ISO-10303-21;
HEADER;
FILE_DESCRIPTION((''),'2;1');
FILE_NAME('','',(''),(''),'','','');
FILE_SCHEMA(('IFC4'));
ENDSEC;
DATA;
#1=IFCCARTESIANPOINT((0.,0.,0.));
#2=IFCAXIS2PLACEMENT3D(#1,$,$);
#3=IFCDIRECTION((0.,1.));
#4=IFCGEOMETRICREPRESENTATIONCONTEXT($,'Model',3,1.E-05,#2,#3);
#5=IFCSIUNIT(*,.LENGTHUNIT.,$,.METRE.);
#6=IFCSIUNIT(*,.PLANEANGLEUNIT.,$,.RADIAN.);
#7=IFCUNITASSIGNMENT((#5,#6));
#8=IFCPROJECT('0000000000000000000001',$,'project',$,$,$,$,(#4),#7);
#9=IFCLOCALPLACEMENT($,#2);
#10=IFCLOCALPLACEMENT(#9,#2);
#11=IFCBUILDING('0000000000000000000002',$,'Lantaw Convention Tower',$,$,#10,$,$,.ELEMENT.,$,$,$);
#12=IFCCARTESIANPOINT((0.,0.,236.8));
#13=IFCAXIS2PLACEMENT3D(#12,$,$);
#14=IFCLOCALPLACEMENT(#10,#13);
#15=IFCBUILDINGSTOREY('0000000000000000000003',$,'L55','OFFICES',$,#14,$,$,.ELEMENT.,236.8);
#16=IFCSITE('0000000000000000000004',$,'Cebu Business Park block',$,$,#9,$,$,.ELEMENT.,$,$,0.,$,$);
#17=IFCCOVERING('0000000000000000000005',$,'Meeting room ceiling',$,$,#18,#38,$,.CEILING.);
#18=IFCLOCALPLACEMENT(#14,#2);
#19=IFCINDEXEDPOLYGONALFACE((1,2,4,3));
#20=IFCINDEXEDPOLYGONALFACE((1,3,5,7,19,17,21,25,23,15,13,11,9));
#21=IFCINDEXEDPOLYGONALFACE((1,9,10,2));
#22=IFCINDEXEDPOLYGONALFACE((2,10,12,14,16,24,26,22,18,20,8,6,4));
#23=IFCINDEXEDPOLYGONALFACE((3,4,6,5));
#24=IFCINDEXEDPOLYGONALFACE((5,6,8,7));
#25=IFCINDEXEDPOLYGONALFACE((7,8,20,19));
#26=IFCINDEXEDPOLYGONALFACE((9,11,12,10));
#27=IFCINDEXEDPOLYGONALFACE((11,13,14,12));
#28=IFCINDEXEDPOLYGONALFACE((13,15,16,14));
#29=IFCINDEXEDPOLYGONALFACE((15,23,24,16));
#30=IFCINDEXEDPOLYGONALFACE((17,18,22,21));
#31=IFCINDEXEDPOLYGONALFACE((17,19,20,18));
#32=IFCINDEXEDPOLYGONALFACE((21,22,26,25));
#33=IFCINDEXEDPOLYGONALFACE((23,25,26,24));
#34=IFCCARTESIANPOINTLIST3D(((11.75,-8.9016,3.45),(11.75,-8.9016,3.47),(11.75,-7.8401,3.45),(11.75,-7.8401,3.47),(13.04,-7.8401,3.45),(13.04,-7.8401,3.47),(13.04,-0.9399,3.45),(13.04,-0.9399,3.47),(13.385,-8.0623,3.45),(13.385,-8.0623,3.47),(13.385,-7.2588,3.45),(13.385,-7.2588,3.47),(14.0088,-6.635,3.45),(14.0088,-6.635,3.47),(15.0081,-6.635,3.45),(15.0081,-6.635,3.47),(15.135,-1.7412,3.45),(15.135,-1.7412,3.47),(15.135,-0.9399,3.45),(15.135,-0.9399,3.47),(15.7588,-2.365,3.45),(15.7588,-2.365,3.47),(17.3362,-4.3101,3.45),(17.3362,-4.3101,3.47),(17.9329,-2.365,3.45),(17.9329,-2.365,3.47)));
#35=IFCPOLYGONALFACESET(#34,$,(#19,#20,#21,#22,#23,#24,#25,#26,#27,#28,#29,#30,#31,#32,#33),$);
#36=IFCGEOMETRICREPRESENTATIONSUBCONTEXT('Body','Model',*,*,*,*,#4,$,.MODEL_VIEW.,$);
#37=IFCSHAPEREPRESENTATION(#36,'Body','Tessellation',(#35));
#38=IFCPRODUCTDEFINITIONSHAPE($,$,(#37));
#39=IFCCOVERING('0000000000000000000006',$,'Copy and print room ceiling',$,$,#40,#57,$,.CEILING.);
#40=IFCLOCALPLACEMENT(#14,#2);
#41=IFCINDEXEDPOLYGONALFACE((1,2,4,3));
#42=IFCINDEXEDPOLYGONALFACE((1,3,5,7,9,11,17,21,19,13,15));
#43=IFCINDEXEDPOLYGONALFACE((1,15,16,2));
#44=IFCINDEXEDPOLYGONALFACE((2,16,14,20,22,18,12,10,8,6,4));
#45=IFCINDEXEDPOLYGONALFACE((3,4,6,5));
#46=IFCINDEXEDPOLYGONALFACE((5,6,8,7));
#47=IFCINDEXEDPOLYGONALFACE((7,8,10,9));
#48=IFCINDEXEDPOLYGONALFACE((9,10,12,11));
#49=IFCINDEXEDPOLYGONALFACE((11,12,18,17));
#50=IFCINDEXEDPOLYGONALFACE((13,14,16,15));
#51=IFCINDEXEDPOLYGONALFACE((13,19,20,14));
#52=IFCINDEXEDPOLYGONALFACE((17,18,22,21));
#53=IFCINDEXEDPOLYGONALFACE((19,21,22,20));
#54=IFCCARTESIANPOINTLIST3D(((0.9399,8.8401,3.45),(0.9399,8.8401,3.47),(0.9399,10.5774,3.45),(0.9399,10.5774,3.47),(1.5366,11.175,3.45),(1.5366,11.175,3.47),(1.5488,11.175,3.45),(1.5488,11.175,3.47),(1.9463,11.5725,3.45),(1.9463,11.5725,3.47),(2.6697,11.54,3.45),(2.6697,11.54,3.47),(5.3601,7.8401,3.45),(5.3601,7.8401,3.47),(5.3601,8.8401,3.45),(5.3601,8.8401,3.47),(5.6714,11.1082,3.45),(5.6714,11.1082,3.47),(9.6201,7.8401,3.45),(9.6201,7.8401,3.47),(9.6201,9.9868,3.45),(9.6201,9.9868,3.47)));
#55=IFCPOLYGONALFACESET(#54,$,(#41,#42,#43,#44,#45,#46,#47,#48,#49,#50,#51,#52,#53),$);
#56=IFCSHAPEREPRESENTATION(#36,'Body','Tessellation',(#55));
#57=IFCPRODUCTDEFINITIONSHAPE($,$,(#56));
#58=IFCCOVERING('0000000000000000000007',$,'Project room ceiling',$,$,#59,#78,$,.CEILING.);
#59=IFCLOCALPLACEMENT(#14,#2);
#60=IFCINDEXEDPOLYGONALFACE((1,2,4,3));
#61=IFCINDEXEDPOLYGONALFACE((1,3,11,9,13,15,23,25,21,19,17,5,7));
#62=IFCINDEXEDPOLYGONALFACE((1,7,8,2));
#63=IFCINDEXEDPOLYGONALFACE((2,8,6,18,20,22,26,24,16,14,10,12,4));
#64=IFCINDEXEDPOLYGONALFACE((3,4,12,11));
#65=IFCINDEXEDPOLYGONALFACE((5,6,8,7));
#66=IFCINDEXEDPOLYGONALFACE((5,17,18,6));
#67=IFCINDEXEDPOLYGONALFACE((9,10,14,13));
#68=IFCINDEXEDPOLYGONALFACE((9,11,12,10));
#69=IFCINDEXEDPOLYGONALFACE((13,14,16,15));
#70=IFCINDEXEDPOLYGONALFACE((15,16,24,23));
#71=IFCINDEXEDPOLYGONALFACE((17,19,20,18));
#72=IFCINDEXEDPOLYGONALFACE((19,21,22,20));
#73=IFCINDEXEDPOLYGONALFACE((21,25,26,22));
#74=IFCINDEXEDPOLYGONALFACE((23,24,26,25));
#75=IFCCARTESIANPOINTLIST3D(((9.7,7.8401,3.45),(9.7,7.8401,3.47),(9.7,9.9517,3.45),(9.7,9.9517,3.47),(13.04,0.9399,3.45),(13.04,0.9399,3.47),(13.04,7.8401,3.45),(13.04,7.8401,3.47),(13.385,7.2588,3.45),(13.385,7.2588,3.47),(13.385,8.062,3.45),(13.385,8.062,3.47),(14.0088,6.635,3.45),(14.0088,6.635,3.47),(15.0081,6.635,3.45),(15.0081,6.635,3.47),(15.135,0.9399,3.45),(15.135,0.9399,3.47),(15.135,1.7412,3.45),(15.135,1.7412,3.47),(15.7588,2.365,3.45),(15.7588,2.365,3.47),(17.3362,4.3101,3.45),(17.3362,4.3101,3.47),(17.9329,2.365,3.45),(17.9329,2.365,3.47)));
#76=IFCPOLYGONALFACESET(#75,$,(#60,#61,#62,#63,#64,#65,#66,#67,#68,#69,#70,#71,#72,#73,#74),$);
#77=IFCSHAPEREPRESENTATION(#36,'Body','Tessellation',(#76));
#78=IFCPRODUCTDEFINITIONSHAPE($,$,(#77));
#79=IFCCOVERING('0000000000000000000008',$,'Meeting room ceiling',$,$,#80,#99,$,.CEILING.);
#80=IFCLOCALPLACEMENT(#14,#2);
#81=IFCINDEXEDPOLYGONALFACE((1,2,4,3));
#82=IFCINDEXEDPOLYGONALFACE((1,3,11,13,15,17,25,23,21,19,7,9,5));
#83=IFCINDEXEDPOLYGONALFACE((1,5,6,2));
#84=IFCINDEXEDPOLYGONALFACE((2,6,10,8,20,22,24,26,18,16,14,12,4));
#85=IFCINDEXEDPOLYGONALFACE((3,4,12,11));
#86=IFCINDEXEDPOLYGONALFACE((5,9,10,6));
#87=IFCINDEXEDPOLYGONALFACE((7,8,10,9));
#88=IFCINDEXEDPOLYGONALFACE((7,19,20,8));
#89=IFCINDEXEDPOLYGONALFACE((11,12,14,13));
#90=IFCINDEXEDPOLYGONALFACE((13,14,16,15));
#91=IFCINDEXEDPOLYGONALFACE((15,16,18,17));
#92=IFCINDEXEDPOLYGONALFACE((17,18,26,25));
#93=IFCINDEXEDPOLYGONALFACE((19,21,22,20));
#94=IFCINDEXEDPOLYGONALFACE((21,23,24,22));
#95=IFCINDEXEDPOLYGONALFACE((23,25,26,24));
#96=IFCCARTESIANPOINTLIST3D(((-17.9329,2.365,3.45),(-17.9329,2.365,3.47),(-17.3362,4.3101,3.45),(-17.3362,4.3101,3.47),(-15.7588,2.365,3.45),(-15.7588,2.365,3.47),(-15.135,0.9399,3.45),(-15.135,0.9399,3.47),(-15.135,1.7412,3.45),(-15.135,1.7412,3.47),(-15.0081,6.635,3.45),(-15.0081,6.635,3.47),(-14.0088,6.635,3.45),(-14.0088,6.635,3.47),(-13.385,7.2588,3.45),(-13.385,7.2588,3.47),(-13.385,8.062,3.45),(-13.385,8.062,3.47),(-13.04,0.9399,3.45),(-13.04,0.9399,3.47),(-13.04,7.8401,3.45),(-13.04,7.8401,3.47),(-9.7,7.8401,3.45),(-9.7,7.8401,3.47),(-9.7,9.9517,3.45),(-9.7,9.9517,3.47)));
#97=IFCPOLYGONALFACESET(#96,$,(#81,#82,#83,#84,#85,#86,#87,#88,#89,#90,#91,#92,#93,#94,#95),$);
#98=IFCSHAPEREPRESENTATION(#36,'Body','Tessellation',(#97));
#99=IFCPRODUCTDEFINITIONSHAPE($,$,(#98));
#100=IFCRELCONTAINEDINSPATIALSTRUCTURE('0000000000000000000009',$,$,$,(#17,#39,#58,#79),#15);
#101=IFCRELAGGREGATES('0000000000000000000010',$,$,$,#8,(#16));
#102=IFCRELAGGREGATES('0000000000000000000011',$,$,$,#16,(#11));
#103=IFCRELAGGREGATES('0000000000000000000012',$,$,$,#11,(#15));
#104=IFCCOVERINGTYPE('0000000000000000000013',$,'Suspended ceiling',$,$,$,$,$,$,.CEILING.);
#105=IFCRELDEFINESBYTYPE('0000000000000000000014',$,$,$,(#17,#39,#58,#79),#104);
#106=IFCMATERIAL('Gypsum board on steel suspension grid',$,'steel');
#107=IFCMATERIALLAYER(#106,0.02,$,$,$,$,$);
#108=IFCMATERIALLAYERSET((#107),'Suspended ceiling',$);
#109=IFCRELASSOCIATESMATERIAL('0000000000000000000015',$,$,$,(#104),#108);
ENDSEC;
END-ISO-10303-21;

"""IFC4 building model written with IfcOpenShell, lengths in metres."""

from ifc_helpers import new_model, si_unit, direction, frame, origin, place, context, subcontext, project, spatial, polyline, outline, extrude, material, layer, layer_set, type_object, element, save


model = new_model("IFC4")

# Units and contexts
model_context = context("Model", 3, precision=1e-05, world=origin(), true_north=direction((0.0, 1.0)))
body_context = subcontext(model_context, "Body", "Model", "MODEL_VIEW")
ifc_project = project(units=[si_unit("LENGTHUNIT", "METRE"), si_unit("PLANEANGLEUNIT", "RADIAN")], contexts=[model_context])

# Site, building, storey
site_placement = place(None, origin())
site = spatial("IfcSite", under=ifc_project, at=site_placement, Name="Cebu Business Park block", CompositionType="ELEMENT", RefElevation=0.0)
building_placement = place(site_placement, origin())
building = spatial("IfcBuilding", under=site, at=building_placement, Name="Lantaw Convention Tower", CompositionType="ELEMENT")
storey_placement = place(building_placement, frame((0.0, 0.0, 236.8)))
storey = spatial("IfcBuildingStorey", under=building, at=storey_placement, Name="L55", Description="OFFICES", CompositionType="ELEMENT", Elevation=236.8)

# Coverings
ifc_material_1 = material(Name="Gypsum board on steel suspension grid", Category="steel")
ifc_layer_1 = layer(ifc_material_1, 0.02)
ifc_layer_set_1 = layer_set([ifc_layer_1], Name="Suspended ceiling")
covering_type = type_object("IfcCoveringType", Name="Suspended ceiling", PredefinedType="CEILING", material=ifc_layer_set_1)
covering_1_placement = place(storey_placement, frame((0.0, 0.0, 3.45)))
element("IfcCovering", 1, at=covering_1_placement, inside=storey, type_object=covering_type, Name="Meeting room ceiling", PredefinedType="CEILING", context=body_context, shape_type="SweptSolid", body=[
    extrude(outline(polyline([(15.135, -0.9399), (13.04, -0.9399), (13.04, -7.8401), (11.75, -7.8401), (11.75, -8.9016), (13.385, -8.0623), (13.385, -7.2588), (14.0088, -6.635), (15.0081, -6.635), (17.3362, -4.3101), (17.9329, -2.365), (15.7588, -2.365), (15.135, -1.7412), (15.135, -0.9399)])), origin(), (0.0, 0.0, 1.0), 0.02),
])
covering_2_placement = place(storey_placement, frame((0.0, 0.0, 3.45)))
element("IfcCovering", 2, at=covering_2_placement, inside=storey, type_object=covering_type, Name="Copy and print room ceiling", PredefinedType="CEILING", context=body_context, shape_type="SweptSolid", body=[
    extrude(outline(polyline([(0.9399, 8.8401), (5.3601, 8.8401), (5.3601, 7.8401), (9.6201, 7.8401), (9.6201, 9.9868), (5.6714, 11.1082), (2.6697, 11.54), (1.9463, 11.5725), (1.5488, 11.175), (1.5366, 11.175), (0.9399, 10.5774), (0.9399, 8.8401)])), origin(), (0.0, 0.0, 1.0), 0.02),
])
covering_3_placement = place(storey_placement, frame((0.0, 0.0, 3.45)))
element("IfcCovering", 3, at=covering_3_placement, inside=storey, type_object=covering_type, Name="Project room ceiling", PredefinedType="CEILING", context=body_context, shape_type="SweptSolid", body=[
    extrude(outline(polyline([(13.385, 8.062), (9.7, 9.9517), (9.7, 7.8401), (13.04, 7.8401), (13.04, 0.9399), (15.135, 0.9399), (15.135, 1.7412), (15.7588, 2.365), (17.9329, 2.365), (17.3362, 4.3101), (15.0081, 6.635), (14.0088, 6.635), (13.385, 7.2588), (13.385, 8.062)])), origin(), (0.0, 0.0, 1.0), 0.02),
])
covering_4_placement = place(storey_placement, frame((0.0, 0.0, 3.45)))
element("IfcCovering", 4, at=covering_4_placement, inside=storey, type_object=covering_type, Name="Meeting room ceiling", PredefinedType="CEILING", context=body_context, shape_type="SweptSolid", body=[
    extrude(outline(polyline([(-15.135, 1.7412), (-15.135, 0.9399), (-13.04, 0.9399), (-13.04, 7.8401), (-9.7, 7.8401), (-9.7, 9.9517), (-13.385, 8.062), (-13.385, 7.2588), (-14.0088, 6.635), (-15.0081, 6.635), (-17.3362, 4.3101), (-17.9329, 2.365), (-15.7588, 2.365), (-15.135, 1.7412)])), origin(), (0.0, 0.0, 1.0), 0.02),
])

save(model, "model.ifc")
